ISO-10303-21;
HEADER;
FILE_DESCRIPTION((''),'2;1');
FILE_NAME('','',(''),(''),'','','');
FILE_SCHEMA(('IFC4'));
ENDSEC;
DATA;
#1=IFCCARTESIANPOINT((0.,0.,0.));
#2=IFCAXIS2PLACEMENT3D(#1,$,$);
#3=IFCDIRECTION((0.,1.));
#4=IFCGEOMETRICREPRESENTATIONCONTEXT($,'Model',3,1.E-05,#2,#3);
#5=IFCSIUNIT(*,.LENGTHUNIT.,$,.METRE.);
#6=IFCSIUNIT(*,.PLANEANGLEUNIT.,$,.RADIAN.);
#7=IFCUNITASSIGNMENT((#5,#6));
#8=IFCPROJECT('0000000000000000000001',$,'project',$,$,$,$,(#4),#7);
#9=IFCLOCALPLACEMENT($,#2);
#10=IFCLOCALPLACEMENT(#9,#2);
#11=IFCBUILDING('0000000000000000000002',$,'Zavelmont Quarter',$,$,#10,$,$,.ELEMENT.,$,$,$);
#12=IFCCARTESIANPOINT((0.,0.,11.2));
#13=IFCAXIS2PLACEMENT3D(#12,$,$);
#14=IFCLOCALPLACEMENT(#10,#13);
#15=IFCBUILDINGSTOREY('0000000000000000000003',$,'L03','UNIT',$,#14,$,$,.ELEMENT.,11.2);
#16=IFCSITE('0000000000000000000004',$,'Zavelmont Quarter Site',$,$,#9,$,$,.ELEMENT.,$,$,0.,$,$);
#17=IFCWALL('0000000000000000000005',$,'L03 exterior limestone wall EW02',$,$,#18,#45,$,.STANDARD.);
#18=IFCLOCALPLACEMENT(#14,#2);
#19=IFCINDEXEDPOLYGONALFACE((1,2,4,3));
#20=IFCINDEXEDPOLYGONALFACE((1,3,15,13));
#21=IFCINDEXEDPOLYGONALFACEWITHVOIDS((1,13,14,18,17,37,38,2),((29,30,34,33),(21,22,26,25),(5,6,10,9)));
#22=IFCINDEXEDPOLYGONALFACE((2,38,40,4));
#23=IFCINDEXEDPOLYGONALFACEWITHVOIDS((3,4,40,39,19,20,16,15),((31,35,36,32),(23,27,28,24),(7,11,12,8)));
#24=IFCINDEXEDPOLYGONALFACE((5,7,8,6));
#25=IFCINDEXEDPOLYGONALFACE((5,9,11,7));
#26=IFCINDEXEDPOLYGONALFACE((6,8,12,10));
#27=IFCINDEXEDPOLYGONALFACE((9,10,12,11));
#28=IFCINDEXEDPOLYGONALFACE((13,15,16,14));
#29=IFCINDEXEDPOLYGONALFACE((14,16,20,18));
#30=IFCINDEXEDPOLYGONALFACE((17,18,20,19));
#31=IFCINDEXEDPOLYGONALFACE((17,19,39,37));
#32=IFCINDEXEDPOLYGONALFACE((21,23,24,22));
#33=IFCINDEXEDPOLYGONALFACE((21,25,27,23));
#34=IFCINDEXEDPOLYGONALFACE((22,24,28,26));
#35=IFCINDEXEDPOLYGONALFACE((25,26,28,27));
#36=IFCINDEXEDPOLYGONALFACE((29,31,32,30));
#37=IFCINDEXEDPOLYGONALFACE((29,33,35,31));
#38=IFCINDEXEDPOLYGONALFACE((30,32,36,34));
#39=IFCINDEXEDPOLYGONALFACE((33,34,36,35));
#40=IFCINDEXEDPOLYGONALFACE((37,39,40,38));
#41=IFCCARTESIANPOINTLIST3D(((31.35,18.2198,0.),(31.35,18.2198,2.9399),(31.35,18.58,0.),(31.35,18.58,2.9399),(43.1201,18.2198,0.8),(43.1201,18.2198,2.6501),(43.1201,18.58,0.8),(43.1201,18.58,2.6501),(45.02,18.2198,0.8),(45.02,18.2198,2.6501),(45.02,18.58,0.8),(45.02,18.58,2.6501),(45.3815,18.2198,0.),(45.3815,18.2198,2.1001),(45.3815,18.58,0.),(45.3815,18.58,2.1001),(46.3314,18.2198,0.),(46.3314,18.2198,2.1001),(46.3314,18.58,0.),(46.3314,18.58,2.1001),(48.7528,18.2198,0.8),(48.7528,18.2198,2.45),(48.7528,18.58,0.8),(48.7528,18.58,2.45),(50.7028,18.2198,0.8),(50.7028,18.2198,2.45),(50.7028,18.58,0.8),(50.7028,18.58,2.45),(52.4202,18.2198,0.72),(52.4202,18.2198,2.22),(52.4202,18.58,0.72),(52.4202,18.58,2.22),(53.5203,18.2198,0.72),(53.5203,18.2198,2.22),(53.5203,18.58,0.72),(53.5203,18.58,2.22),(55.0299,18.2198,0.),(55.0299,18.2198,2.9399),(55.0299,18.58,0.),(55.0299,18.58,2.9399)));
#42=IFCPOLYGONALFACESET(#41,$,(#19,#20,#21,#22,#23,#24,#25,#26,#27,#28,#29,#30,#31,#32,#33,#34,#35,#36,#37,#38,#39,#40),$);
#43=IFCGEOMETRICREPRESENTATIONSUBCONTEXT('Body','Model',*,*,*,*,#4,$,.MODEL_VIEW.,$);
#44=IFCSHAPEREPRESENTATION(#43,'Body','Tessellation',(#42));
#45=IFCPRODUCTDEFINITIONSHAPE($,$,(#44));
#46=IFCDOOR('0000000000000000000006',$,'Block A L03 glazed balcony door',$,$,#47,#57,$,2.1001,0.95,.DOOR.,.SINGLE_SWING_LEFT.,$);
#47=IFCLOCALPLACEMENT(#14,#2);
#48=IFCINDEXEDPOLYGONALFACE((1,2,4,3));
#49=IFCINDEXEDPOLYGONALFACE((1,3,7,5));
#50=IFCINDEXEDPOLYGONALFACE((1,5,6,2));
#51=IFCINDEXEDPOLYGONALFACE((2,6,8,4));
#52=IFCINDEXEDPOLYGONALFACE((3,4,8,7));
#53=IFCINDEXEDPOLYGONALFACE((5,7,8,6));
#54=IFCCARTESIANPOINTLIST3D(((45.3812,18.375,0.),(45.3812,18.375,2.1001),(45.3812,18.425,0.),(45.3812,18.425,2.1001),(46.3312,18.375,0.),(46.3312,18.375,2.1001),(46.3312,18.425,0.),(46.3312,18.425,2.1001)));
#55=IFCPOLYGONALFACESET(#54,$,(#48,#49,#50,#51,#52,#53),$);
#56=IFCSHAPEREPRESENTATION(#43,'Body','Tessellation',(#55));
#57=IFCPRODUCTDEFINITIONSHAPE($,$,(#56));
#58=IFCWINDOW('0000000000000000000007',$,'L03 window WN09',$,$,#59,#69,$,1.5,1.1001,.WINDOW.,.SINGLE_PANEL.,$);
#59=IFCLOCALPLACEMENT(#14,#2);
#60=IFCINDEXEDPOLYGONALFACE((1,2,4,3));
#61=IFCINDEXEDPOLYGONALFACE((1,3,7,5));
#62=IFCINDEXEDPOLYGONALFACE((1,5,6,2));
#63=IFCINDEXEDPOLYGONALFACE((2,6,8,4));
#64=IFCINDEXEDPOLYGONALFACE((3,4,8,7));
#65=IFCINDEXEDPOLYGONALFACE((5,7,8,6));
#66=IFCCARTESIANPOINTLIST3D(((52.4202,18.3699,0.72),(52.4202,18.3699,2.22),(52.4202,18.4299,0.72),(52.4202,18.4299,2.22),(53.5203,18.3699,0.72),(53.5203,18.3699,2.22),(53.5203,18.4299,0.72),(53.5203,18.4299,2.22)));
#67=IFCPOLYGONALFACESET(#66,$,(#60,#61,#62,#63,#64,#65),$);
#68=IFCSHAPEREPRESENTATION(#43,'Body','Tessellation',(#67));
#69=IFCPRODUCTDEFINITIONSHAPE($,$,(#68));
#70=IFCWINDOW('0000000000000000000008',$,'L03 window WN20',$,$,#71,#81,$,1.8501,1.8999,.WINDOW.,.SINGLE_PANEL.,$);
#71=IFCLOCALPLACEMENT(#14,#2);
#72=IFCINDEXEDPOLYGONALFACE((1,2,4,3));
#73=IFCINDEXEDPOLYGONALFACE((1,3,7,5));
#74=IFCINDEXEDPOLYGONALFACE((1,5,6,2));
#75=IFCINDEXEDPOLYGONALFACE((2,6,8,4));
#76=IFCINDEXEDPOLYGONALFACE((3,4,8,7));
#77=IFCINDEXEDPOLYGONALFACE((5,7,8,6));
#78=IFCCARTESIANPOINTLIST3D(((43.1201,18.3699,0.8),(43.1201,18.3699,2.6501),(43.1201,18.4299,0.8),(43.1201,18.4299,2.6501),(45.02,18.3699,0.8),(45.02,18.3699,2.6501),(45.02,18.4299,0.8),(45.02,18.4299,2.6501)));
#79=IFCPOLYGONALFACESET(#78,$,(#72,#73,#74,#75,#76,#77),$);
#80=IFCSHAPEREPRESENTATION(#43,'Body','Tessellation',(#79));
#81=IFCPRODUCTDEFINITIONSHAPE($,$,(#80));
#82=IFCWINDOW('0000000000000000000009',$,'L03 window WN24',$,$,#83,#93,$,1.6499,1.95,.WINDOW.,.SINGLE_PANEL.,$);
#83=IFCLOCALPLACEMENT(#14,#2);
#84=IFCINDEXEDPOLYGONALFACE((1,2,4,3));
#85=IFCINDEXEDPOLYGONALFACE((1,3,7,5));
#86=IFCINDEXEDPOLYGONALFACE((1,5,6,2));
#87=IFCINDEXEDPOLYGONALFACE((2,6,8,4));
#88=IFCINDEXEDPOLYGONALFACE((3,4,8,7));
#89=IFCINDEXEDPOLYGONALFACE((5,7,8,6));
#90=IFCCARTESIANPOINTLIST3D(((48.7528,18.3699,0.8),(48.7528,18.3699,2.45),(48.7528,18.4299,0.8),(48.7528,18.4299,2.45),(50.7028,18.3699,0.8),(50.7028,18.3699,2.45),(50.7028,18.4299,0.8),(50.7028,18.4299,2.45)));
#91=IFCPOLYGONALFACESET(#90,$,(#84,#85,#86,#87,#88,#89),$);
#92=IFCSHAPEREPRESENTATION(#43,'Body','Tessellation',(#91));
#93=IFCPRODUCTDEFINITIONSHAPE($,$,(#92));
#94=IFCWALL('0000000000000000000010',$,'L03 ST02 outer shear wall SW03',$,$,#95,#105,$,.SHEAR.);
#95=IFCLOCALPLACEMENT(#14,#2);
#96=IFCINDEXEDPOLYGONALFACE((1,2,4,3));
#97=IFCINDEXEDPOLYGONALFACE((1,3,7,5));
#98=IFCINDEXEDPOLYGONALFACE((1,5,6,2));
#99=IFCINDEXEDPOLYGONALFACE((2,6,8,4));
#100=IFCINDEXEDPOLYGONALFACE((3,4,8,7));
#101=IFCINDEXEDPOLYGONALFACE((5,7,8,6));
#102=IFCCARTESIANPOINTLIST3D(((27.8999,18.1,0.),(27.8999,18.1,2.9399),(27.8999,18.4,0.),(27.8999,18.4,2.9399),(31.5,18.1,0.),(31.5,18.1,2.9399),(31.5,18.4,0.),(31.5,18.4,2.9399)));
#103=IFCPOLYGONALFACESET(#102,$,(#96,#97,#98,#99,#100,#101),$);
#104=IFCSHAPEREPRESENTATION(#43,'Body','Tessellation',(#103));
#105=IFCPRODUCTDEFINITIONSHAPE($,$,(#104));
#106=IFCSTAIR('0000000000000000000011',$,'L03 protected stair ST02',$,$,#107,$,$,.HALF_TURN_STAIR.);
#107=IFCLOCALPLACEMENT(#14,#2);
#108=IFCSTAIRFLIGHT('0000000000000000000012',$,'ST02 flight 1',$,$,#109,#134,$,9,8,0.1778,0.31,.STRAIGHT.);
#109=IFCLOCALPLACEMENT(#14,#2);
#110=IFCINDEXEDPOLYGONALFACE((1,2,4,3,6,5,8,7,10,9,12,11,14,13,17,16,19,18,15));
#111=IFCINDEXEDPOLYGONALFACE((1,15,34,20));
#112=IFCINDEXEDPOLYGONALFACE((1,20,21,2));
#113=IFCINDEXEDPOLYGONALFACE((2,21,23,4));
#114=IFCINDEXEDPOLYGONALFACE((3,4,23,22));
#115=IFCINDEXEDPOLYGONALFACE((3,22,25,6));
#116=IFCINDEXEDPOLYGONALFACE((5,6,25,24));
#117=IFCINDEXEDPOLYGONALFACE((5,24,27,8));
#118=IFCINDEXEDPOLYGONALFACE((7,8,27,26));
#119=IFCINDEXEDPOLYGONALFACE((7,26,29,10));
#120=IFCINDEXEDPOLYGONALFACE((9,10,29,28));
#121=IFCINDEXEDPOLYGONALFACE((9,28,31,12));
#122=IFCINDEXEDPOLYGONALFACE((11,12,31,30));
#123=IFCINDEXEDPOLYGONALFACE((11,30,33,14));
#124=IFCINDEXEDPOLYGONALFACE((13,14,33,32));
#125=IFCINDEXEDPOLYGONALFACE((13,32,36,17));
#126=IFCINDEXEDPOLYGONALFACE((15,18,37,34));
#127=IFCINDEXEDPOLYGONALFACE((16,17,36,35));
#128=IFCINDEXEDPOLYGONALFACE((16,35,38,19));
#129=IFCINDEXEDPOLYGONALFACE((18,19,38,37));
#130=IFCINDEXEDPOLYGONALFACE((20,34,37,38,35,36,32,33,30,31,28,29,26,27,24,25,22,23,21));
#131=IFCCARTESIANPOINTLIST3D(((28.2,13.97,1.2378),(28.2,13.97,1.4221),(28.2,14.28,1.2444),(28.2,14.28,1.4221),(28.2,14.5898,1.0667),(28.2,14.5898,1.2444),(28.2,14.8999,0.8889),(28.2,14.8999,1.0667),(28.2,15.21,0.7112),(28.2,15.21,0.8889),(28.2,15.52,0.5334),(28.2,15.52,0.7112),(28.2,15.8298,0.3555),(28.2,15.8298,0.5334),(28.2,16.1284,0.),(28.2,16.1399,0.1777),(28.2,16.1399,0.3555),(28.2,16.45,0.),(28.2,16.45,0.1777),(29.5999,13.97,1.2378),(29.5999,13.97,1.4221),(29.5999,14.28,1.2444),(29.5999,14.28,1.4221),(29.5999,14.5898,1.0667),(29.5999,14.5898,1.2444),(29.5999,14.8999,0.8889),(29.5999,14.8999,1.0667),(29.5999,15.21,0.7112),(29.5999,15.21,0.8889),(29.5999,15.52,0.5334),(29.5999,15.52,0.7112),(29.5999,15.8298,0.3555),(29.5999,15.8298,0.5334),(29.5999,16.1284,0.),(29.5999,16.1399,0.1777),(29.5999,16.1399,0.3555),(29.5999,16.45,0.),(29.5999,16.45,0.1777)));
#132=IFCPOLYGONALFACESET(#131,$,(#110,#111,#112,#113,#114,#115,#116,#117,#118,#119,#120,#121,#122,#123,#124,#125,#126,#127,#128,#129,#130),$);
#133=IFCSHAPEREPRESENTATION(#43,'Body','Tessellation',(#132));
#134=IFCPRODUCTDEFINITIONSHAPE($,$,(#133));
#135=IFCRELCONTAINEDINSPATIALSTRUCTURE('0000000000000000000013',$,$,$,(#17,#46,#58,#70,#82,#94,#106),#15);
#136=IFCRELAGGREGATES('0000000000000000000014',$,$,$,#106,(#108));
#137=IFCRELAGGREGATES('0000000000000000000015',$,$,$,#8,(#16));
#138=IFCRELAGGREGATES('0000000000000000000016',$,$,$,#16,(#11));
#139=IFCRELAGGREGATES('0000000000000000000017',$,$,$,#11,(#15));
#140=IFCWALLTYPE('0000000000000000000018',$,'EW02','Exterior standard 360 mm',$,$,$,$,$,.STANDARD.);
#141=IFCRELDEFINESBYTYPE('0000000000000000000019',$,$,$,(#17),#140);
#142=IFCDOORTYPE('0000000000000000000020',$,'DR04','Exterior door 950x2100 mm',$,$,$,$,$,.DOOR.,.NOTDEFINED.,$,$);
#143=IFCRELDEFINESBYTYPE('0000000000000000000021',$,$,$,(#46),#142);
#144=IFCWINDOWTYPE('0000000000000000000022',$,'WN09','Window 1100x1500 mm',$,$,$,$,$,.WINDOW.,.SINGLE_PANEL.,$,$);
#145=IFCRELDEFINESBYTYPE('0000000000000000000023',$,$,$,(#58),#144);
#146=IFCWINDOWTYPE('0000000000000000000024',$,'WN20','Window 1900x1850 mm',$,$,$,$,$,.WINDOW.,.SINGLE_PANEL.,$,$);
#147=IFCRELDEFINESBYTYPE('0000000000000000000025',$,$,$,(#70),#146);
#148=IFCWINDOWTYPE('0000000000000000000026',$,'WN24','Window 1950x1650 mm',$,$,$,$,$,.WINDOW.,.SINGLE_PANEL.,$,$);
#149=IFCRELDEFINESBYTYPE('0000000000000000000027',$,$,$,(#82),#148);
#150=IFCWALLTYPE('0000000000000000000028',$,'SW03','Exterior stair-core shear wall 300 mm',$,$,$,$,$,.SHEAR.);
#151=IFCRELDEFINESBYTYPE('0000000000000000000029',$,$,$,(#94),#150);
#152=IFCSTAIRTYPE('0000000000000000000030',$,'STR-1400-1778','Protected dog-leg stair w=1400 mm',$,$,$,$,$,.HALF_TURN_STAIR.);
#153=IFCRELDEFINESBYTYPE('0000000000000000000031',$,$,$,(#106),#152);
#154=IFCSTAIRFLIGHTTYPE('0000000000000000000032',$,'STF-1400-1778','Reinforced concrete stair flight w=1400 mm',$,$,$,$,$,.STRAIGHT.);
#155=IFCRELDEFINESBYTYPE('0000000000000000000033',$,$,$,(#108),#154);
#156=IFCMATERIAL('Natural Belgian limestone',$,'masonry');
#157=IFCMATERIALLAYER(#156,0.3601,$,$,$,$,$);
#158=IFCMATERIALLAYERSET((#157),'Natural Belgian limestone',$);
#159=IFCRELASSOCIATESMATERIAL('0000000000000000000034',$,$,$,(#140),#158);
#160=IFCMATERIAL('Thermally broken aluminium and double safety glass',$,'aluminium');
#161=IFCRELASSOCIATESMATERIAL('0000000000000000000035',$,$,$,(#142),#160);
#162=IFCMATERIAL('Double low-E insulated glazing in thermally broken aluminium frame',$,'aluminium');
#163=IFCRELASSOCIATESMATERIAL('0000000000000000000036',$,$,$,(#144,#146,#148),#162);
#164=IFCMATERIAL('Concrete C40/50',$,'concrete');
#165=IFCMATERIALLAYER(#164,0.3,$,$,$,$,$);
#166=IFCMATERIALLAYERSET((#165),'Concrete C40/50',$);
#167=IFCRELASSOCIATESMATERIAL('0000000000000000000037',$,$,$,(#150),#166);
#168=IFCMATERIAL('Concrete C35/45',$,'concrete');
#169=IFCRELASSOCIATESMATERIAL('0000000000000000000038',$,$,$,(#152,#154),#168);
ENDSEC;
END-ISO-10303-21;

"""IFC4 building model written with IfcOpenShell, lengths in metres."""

from ifc_helpers import new_model, si_unit, direction, frame, frame_2d, origin, origin_with_axes, place, context, subcontext, project, spatial, polyline, rectangle, outline, extrude, material, layer, layer_set, type_object, element, fill, aggregate, save


model = new_model("IFC4")

# Units and contexts
model_context = context("Model", 3, precision=1e-05, world=origin(), true_north=direction((0.0, 1.0)))
body_context = subcontext(model_context, "Body", "Model", "MODEL_VIEW")
ifc_project = project(units=[si_unit("LENGTHUNIT", "METRE"), si_unit("PLANEANGLEUNIT", "RADIAN")], contexts=[model_context])

# Site, building, storey
site_placement = place(None, origin())
site = spatial("IfcSite", under=ifc_project, at=site_placement, Name="Zavelmont Quarter Site", CompositionType="ELEMENT", RefElevation=0.0)
building_placement = place(site_placement, origin())
building = spatial("IfcBuilding", under=site, at=building_placement, Name="Zavelmont Quarter", CompositionType="ELEMENT")
storey_placement = place(building_placement, frame((0.0, 0.0, 11.2)))
storey = spatial("IfcBuildingStorey", under=building, at=storey_placement, Name="L03", Description="UNIT", CompositionType="ELEMENT", Elevation=11.2)

# Shared definitions
ifc_material_1 = material(Name="Concrete C40/50", Category="concrete")

# Shared definitions
ifc_material_2 = material(Name="Concrete C35/45", Category="concrete")

# Wall, openings, door, windows
ifc_material_3 = material(Name="Natural Belgian limestone", Category="masonry")
ifc_layer_1 = layer(ifc_material_3, 0.3601)
ifc_layer_set_1 = layer_set([ifc_layer_1], Name="Natural Belgian limestone")
wall_type_1 = type_object("IfcWallType", Name="EW02", Description="Exterior standard 360 mm", PredefinedType="STANDARD", material=ifc_layer_set_1)
wall_1_placement = place(storey_placement, frame((31.3501, 18.3999, 0.0), z_axis=(0.0, 0.0, 1.0), x_axis=(1.0, 0.0, 0.0)))
wall_1 = element("IfcWall", 1, at=wall_1_placement, inside=storey, type_object=wall_type_1, Name="L03 exterior limestone wall EW02", PredefinedType="STANDARD", context=body_context, shape_type="SweptSolid", body=[
    extrude(rectangle(XDim=23.6799, YDim=0.3601, at=frame_2d((11.8398, 0.0))), origin(), (0.0, 0.0, 1.0), 2.9399),
])
opening_1_placement = place(wall_1_placement, frame((14.0312, 0.0, 0.0)))
opening_1 = element("IfcOpeningElement", 2, at=opening_1_placement, cuts=wall_1, PredefinedType="OPENING", context=body_context, shape_type="SweptSolid", body=[
    extrude(rectangle(XDim=0.95, YDim=2.1001, at=frame_2d((0.4751, 1.05))), frame((0.0, 0.1919, 0.0), z_axis=(0.0, -1.0, 0.0), x_axis=(1.0, 0.0, 0.0)), (0.0, 0.0, 1.0), 0.384),
])
opening_2_placement = place(wall_1_placement, frame((11.77, 0.0, 0.8)))
opening_2 = element("IfcOpeningElement", 3, at=opening_2_placement, cuts=wall_1, PredefinedType="OPENING", context=body_context, shape_type="SweptSolid", body=[
    extrude(rectangle(XDim=1.8999, YDim=1.8501, at=frame_2d((0.95, 0.925))), frame((0.0, 0.1919, 0.0), z_axis=(0.0, -1.0, 0.0), x_axis=(1.0, 0.0, 0.0)), (0.0, 0.0, 1.0), 0.384),
])
opening_3_placement = place(wall_1_placement, frame((17.4026, 0.0, 0.8)))
opening_3 = element("IfcOpeningElement", 4, at=opening_3_placement, cuts=wall_1, PredefinedType="OPENING", context=body_context, shape_type="SweptSolid", body=[
    extrude(rectangle(XDim=1.95, YDim=1.6499, at=frame_2d((0.9751, 0.825))), frame((0.0, 0.1919, 0.0), z_axis=(0.0, -1.0, 0.0), x_axis=(1.0, 0.0, 0.0)), (0.0, 0.0, 1.0), 0.384),
])
opening_4_placement = place(wall_1_placement, frame((21.0701, 0.0, 0.72)))
opening_4 = element("IfcOpeningElement", 5, at=opening_4_placement, cuts=wall_1, PredefinedType="OPENING", context=body_context, shape_type="SweptSolid", body=[
    extrude(rectangle(XDim=1.1001, YDim=1.5, at=frame_2d((0.55, 0.75))), frame((0.0, 0.1919, 0.0), z_axis=(0.0, -1.0, 0.0), x_axis=(1.0, 0.0, 0.0)), (0.0, 0.0, 1.0), 0.384),
])
ifc_material_4 = material(Name="Thermally broken aluminium and double safety glass", Category="aluminium")
door_type = type_object("IfcDoorType", Name="DR04", Description="Exterior door 950x2100 mm", OperationType="NOTDEFINED", PredefinedType="DOOR", material=ifc_material_4)
door_placement = place(opening_1_placement, frame((0.95, 0.0, 0.0), z_axis=(0.0, 0.0, 1.0), x_axis=(-1.0, 0.0, 0.0)))
door = element("IfcDoor", 6, at=door_placement, inside=storey, type_object=door_type, Name="Block A L03 glazed balcony door", OperationType="SINGLE_SWING_LEFT", OverallHeight=2.1001, OverallWidth=0.95, PredefinedType="DOOR", context=body_context, shape_type="SweptSolid", body=[
    extrude(rectangle(XDim=0.95, YDim=2.1001, at=frame_2d((0.4751, 1.05))), frame((0.0, 0.0249, 0.0), z_axis=(0.0, -1.0, 0.0), x_axis=(1.0, 0.0, 0.0)), (0.0, 0.0, 1.0), 0.05),
])
fill(opening_1, door)
ifc_material_5 = material(Name="Double low-E insulated glazing in thermally broken aluminium frame", Category="aluminium")
window_type_1 = type_object("IfcWindowType", Name="WN09", Description="Window 1100x1500 mm", PartitioningType="SINGLE_PANEL", PredefinedType="WINDOW", material=ifc_material_5)
window_1_placement = place(opening_4_placement, origin_with_axes())
window_1 = element("IfcWindow", 7, at=window_1_placement, inside=storey, type_object=window_type_1, Name="L03 window WN09", OverallHeight=1.5, OverallWidth=1.1001, PartitioningType="SINGLE_PANEL", PredefinedType="WINDOW", context=body_context, shape_type="SweptSolid", body=[
    extrude(rectangle(XDim=1.1001, YDim=1.5, at=frame_2d((0.55, 0.75))), frame((0.0, 0.03, 0.0), z_axis=(0.0, -1.0, 0.0), x_axis=(1.0, 0.0, 0.0)), (0.0, 0.0, 1.0), 0.0601),
])
fill(opening_4, window_1)
window_type_2 = type_object("IfcWindowType", Name="WN20", Description="Window 1900x1850 mm", PartitioningType="SINGLE_PANEL", PredefinedType="WINDOW", material=ifc_material_5)
window_2_placement = place(opening_2_placement, origin_with_axes())
window_2 = element("IfcWindow", 8, at=window_2_placement, inside=storey, type_object=window_type_2, Name="L03 window WN20", OverallHeight=1.8501, OverallWidth=1.8999, PartitioningType="SINGLE_PANEL", PredefinedType="WINDOW", context=body_context, shape_type="SweptSolid", body=[
    extrude(rectangle(XDim=1.8999, YDim=1.8501, at=frame_2d((0.95, 0.925))), frame((0.0, 0.03, 0.0), z_axis=(0.0, -1.0, 0.0), x_axis=(1.0, 0.0, 0.0)), (0.0, 0.0, 1.0), 0.0601),
])
fill(opening_2, window_2)
window_type_3 = type_object("IfcWindowType", Name="WN24", Description="Window 1950x1650 mm", PartitioningType="SINGLE_PANEL", PredefinedType="WINDOW", material=ifc_material_5)
window_3_placement = place(opening_3_placement, origin_with_axes())
window_3 = element("IfcWindow", 9, at=window_3_placement, inside=storey, type_object=window_type_3, Name="L03 window WN24", OverallHeight=1.6499, OverallWidth=1.95, PartitioningType="SINGLE_PANEL", PredefinedType="WINDOW", context=body_context, shape_type="SweptSolid", body=[
    extrude(rectangle(XDim=1.95, YDim=1.6499, at=frame_2d((0.9751, 0.825))), frame((0.0, 0.03, 0.0), z_axis=(0.0, -1.0, 0.0), x_axis=(1.0, 0.0, 0.0)), (0.0, 0.0, 1.0), 0.0601),
])
fill(opening_3, window_3)

# Wall
ifc_layer_2 = layer(ifc_material_1, 0.3)
ifc_layer_set_2 = layer_set([ifc_layer_2], Name="Concrete C40/50")
wall_type_2 = type_object("IfcWallType", Name="SW03", Description="Exterior stair-core shear wall 300 mm", PredefinedType="SHEAR", material=ifc_layer_set_2)
wall_2_placement = place(storey_placement, frame((27.8999, 18.25, 0.0), z_axis=(0.0, 0.0, 1.0), x_axis=(1.0, 0.0, 0.0)))
element("IfcWall", 10, at=wall_2_placement, inside=storey, type_object=wall_type_2, Name="L03 ST02 outer shear wall SW03", PredefinedType="SHEAR", context=body_context, shape_type="SweptSolid", body=[
    extrude(rectangle(XDim=3.6001, YDim=0.3, at=frame_2d((1.8, 0.0))), origin(), (0.0, 0.0, 1.0), 2.9399),
])

# Stair, stair flight
stair_type = type_object("IfcStairType", Name="STR-1400-1778", Description="Protected dog-leg stair w=1400 mm", PredefinedType="HALF_TURN_STAIR", material=ifc_material_2)
stair_placement = place(storey_placement, origin())
stair = element("IfcStair", 11, at=stair_placement, inside=storey, type_object=stair_type, Name="L03 protected stair ST02", PredefinedType="HALF_TURN_STAIR")
stair_flight_type = type_object("IfcStairFlightType", Name="STF-1400-1778", Description="Reinforced concrete stair flight w=1400 mm", PredefinedType="STRAIGHT", material=ifc_material_2)
stair_flight_placement = place(storey_placement, frame((28.8999, 16.45, 0.0), z_axis=(0.0, 0.0, 1.0), x_axis=(0.0, -1.0, 0.0)))
stair_flight = element("IfcStairFlight", 12, at=stair_flight_placement, type_object=stair_flight_type, Name="ST02 flight 1", NumberOfRisers=9, NumberOfTreads=8, PredefinedType="STRAIGHT", RiserHeight=0.1778, TreadLength=0.31, context=body_context, shape_type="SweptSolid", body=[
    extrude(outline(polyline([(0.0, 0.0), (0.0, 0.1777), (0.3101, 0.1777), (0.3101, 0.3555), (0.6201, 0.3555), (0.6201, 0.5334), (0.9299, 0.5334), (0.9299, 0.7112), (1.24, 0.7112), (1.24, 0.8889), (1.55, 0.8889), (1.55, 1.0667), (1.8601, 1.0667), (1.8601, 1.2444), (2.1699, 1.2444), (2.1699, 1.4221), (2.48, 1.4221), (2.48, 1.6001), (2.48, 1.2378), (0.3215, 0.0), (0.0, 0.0)])), frame((0.0, 0.7, 0.0), z_axis=(0.0, -1.0, 0.0), x_axis=(1.0, 0.0, 0.0)), (0.0, 0.0, 1.0), 1.3999),
])
aggregate(stair, [stair_flight])

save(model, "model.ifc")
